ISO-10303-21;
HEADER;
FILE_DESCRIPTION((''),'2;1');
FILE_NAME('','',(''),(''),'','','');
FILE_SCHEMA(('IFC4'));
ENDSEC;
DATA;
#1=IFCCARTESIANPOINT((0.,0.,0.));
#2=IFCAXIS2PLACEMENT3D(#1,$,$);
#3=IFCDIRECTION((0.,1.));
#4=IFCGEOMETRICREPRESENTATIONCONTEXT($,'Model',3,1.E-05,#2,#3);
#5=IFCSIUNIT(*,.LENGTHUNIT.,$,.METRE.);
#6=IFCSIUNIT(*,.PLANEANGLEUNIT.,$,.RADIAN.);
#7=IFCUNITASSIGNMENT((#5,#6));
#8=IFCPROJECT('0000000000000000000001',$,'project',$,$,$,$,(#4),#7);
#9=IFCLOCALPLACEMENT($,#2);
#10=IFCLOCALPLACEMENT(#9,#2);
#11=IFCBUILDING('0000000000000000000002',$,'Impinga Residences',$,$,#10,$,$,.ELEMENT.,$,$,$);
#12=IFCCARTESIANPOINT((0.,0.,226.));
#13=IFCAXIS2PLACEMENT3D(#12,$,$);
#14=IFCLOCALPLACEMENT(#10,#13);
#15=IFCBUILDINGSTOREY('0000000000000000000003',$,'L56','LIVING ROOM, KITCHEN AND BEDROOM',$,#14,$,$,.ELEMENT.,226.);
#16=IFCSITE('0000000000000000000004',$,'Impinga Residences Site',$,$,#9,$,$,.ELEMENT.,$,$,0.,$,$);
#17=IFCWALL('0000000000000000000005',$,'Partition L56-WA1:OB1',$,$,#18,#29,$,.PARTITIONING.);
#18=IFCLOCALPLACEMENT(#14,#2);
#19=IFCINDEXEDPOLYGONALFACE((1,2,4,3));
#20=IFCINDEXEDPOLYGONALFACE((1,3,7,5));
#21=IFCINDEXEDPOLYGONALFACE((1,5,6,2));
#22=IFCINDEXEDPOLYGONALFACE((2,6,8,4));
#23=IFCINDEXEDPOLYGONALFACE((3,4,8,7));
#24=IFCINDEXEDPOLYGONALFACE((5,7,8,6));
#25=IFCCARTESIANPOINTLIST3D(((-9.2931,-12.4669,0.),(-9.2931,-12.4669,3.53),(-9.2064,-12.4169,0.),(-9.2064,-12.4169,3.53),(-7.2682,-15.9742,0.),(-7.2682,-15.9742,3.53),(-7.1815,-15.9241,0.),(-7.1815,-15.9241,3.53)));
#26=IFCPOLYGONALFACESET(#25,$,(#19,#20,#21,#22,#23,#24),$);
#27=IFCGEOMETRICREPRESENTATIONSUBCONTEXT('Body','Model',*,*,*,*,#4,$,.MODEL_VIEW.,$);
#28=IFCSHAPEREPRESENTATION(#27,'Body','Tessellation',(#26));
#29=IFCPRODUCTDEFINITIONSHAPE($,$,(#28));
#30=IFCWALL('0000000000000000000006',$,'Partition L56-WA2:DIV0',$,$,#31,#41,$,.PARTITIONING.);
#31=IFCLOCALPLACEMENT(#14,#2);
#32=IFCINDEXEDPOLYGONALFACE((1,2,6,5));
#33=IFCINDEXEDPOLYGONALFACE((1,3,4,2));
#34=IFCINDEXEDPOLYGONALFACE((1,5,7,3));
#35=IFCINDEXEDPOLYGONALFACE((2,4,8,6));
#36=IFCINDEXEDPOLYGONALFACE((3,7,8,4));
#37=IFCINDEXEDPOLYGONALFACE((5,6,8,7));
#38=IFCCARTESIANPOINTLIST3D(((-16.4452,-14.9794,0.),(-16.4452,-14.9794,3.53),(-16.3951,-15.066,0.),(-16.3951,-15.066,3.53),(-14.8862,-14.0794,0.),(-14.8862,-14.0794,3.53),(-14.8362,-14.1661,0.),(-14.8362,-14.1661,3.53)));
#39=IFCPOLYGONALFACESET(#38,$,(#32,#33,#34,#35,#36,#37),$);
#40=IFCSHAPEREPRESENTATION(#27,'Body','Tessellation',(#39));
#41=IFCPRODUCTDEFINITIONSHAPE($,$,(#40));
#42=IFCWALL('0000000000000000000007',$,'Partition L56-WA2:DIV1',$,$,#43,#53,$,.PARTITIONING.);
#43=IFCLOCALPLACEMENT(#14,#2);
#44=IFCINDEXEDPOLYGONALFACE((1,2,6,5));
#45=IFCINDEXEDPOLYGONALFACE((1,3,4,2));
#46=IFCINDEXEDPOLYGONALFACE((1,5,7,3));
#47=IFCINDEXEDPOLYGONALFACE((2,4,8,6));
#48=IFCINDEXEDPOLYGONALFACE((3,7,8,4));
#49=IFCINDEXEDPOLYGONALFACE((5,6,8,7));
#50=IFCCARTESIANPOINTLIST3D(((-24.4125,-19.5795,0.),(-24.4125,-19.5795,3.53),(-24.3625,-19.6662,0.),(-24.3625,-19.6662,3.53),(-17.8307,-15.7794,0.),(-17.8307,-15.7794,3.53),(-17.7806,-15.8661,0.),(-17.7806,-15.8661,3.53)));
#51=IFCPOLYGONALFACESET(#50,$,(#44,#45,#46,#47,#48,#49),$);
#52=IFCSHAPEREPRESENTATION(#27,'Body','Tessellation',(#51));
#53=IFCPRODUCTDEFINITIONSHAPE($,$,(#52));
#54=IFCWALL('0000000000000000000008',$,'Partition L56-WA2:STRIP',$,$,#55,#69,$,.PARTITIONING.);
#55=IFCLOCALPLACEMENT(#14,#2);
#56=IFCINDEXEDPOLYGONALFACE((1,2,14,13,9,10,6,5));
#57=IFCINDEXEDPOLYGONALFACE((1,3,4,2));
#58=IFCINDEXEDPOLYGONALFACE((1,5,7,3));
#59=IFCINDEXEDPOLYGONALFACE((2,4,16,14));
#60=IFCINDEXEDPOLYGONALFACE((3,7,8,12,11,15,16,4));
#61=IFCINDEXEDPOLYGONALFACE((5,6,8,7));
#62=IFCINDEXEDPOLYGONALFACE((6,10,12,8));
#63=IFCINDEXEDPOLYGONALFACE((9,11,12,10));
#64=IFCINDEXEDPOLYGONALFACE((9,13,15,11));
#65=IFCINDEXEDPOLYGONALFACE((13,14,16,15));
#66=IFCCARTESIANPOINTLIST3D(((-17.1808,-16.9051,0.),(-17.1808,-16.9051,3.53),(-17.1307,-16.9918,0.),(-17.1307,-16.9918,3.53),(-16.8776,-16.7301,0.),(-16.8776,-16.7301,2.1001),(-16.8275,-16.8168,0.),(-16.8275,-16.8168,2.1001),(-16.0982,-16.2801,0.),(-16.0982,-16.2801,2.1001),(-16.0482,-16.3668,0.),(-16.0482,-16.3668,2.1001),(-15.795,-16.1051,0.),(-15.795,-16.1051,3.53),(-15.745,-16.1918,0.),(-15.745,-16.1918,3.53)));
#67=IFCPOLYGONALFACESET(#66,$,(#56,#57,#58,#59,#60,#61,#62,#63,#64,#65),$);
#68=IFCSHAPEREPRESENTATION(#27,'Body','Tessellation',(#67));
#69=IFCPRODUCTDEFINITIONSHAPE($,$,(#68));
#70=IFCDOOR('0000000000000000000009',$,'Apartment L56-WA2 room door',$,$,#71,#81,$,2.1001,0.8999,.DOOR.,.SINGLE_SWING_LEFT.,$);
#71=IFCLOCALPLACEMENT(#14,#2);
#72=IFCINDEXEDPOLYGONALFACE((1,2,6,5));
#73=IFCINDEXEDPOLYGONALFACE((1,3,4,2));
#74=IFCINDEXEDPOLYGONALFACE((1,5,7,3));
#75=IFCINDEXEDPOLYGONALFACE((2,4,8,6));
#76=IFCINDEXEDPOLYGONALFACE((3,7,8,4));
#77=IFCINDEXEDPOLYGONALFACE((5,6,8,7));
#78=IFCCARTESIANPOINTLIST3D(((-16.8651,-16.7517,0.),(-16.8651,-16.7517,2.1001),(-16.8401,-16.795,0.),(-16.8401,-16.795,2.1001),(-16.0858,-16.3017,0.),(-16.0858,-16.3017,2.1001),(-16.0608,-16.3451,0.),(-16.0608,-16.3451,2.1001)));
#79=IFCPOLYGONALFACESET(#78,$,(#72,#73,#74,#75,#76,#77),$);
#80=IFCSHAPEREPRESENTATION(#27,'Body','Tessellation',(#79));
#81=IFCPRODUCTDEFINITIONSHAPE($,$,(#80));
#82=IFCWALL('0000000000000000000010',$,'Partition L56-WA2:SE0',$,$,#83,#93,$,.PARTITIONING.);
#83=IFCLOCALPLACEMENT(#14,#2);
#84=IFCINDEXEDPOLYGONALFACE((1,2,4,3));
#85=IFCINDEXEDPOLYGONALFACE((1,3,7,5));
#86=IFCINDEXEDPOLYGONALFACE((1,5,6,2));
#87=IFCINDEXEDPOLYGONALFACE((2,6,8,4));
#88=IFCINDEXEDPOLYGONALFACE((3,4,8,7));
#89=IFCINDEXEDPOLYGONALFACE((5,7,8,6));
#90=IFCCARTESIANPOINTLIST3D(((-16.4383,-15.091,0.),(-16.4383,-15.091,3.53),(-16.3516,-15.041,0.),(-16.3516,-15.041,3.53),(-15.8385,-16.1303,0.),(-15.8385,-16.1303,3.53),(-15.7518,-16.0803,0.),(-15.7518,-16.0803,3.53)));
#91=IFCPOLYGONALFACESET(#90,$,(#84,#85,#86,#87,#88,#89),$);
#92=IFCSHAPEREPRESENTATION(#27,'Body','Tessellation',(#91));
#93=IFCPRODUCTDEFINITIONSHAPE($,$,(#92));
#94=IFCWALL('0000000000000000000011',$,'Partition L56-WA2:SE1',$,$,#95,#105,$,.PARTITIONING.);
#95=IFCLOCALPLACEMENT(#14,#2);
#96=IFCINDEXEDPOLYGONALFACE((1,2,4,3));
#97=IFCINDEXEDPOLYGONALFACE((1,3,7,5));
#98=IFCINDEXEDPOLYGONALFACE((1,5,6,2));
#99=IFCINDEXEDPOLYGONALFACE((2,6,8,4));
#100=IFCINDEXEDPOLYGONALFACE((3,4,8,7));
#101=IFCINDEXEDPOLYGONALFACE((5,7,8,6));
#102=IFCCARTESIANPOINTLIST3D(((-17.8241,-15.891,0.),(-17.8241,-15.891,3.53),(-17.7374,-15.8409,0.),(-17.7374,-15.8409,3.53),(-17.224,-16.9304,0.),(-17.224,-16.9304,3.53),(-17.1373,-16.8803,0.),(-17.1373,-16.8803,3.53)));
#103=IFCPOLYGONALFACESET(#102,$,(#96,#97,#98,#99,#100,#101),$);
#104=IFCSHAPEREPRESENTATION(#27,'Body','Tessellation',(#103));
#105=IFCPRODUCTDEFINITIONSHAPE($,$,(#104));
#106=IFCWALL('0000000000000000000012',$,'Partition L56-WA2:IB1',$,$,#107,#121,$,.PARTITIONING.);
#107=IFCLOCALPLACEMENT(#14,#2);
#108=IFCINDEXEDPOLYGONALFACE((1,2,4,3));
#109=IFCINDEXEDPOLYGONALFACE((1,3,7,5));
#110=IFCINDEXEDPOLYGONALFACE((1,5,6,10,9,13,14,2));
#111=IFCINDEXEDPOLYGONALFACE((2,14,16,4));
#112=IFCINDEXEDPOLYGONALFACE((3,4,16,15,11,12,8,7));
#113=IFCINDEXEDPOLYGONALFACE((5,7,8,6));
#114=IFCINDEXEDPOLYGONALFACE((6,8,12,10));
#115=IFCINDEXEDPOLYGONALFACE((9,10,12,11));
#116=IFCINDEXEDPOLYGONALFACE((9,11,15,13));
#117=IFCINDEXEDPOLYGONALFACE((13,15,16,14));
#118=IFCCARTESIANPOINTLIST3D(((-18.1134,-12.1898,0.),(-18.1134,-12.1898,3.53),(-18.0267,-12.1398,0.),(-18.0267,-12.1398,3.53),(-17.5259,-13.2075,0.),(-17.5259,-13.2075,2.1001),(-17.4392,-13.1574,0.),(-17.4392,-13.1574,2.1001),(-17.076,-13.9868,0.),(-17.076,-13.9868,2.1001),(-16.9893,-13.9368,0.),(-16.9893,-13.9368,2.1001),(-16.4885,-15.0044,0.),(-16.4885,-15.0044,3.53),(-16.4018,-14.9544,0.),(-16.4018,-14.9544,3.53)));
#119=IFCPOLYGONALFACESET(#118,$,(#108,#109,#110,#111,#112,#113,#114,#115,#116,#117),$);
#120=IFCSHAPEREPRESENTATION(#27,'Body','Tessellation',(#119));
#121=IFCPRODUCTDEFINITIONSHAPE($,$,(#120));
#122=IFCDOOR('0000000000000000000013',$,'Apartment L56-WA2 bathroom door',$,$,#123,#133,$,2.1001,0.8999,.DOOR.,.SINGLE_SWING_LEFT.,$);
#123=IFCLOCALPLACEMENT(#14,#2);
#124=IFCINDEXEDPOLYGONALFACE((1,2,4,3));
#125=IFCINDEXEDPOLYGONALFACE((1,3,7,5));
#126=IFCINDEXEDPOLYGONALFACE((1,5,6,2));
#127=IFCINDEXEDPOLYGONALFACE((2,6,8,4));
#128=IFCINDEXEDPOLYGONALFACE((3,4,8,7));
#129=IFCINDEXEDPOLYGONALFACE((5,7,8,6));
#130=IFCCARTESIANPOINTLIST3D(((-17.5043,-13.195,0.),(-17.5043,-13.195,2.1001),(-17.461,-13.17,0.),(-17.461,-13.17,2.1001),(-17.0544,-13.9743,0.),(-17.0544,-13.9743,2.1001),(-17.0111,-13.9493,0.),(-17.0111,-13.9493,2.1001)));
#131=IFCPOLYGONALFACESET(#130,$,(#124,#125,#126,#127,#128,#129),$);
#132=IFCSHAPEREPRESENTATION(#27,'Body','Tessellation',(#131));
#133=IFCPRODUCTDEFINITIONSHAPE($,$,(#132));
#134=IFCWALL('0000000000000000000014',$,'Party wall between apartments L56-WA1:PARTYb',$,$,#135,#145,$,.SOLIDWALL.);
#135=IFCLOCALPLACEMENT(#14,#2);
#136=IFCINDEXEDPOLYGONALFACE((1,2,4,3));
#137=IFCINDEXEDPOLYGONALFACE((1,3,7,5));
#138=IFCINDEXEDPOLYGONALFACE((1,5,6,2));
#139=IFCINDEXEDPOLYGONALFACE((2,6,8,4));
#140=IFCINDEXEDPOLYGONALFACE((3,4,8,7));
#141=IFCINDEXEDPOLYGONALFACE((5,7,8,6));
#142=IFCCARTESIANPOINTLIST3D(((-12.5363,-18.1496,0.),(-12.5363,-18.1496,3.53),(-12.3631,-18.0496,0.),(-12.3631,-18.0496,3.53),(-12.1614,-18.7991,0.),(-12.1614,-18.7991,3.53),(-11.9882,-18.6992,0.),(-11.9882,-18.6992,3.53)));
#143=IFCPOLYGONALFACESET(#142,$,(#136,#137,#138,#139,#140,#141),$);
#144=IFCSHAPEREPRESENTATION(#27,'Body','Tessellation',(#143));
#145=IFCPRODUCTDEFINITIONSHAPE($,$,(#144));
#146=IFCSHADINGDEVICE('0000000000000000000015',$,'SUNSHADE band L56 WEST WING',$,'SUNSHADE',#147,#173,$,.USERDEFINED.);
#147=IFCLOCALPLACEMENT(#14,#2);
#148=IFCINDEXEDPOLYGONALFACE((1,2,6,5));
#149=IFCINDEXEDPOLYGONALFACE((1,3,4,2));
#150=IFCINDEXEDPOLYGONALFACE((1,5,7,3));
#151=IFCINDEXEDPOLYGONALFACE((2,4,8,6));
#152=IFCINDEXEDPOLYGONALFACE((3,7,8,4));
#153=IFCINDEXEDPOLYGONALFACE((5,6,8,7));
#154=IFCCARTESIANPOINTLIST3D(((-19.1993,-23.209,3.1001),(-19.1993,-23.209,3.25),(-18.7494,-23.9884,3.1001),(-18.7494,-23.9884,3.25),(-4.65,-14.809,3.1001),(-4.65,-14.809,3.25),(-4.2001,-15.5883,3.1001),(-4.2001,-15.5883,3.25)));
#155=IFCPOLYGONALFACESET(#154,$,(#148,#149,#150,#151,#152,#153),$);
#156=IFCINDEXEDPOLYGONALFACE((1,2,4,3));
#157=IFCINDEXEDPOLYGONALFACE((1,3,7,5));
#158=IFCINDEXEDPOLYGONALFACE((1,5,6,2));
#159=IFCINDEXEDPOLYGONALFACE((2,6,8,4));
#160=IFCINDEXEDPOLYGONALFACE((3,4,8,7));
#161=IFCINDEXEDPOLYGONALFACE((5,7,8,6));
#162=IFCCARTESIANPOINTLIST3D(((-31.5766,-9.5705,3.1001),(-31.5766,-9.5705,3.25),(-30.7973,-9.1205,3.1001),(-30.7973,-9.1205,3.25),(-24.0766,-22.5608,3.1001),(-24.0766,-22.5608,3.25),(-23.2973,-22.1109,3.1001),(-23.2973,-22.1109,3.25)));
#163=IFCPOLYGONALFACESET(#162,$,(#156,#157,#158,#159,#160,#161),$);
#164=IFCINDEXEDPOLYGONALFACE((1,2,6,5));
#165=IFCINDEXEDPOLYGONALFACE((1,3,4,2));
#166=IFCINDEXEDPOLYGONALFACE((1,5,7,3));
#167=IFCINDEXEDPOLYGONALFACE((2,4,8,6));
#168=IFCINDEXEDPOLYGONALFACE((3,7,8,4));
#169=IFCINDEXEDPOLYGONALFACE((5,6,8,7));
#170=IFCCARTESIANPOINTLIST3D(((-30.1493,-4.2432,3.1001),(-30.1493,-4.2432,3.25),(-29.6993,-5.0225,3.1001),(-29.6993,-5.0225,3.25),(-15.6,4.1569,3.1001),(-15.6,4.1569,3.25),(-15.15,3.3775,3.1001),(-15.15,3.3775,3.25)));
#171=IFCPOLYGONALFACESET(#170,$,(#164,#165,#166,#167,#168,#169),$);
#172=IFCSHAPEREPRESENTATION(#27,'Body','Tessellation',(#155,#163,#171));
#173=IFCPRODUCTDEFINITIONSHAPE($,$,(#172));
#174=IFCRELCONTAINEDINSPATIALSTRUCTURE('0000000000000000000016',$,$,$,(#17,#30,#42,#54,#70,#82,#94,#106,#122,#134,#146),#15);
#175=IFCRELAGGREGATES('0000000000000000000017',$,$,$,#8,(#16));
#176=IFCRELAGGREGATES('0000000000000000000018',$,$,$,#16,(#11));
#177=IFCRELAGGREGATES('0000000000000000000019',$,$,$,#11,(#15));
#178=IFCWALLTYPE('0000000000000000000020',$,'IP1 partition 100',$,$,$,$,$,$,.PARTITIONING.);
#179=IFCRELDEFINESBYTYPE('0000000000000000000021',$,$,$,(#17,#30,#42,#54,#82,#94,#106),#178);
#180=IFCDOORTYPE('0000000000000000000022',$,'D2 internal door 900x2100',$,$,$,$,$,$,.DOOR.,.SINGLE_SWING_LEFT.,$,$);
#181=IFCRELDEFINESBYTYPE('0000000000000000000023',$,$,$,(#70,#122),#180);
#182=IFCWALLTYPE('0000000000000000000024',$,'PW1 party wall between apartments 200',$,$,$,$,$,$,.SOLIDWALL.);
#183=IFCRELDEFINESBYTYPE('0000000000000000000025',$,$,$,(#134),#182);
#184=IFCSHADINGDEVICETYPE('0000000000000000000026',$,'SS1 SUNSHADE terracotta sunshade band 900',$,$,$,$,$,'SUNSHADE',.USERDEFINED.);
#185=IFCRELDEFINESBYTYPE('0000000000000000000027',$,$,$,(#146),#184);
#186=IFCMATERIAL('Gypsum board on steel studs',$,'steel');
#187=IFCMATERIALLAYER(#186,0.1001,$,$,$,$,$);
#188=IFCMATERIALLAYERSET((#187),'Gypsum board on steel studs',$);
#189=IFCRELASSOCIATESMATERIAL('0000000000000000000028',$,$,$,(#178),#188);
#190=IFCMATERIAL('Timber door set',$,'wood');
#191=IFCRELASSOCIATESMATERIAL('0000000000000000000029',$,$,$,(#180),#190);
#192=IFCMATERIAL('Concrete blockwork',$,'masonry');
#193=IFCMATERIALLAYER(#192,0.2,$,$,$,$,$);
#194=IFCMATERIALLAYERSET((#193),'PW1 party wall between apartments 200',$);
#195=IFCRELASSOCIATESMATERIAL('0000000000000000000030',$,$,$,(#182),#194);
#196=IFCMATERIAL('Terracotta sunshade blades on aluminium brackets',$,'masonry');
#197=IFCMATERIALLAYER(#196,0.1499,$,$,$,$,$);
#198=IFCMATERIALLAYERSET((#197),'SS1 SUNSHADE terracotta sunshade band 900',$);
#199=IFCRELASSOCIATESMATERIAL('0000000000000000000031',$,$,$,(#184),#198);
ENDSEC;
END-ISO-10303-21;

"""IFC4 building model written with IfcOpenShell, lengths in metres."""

from ifc_helpers import new_model, si_unit, direction, frame, frame_2d, origin, origin_2d, place, context, subcontext, project, spatial, rectangle, extrude, material, layer, layer_set, type_object, element, fill, save


model = new_model("IFC4")

# Units and contexts
model_context = context("Model", 3, precision=1e-05, world=origin(), true_north=direction((0.0, 1.0)))
body_context = subcontext(model_context, "Body", "Model", "MODEL_VIEW")
ifc_project = project(units=[si_unit("LENGTHUNIT", "METRE"), si_unit("PLANEANGLEUNIT", "RADIAN")], contexts=[model_context])

# Site, building, storey
site_placement = place(None, origin())
site = spatial("IfcSite", under=ifc_project, at=site_placement, Name="Impinga Residences Site", CompositionType="ELEMENT", RefElevation=0.0)
building_placement = place(site_placement, origin())
building = spatial("IfcBuilding", under=site, at=building_placement, Name="Impinga Residences", CompositionType="ELEMENT")
storey_placement = place(building_placement, frame((0.0, 0.0, 226.0)))
storey = spatial("IfcBuildingStorey", under=building, at=storey_placement, Name="L56", Description="LIVING ROOM, KITCHEN AND BEDROOM", CompositionType="ELEMENT", Elevation=226.0)

# Walls
ifc_material_1 = material(Name="Gypsum board on steel studs", Category="steel")
ifc_layer_1 = layer(ifc_material_1, 0.1001)
ifc_layer_set_1 = layer_set([ifc_layer_1], Name="Gypsum board on steel studs")
wall_type_1 = type_object("IfcWallType", Name="IP1 partition 100", PredefinedType="PARTITIONING", material=ifc_layer_set_1)
wall_1_placement = place(storey_placement, frame((-9.2498, -12.4419, 0.0), z_axis=(0.0, 0.0, 1.0), x_axis=(0.49999, -0.866031, 0.0)))
element("IfcWall", 1, at=wall_1_placement, inside=storey, type_object=wall_type_1, Name="Partition L56-WA1:OB1", PredefinedType="PARTITIONING", context=body_context, shape_type="SweptSolid", body=[
    extrude(rectangle(XDim=4.0498, YDim=0.1001, at=frame_2d((2.0249, 0.0))), origin(), (0.0, 0.0, 1.0), 3.53),
])
wall_2_placement = place(storey_placement, frame((-14.8613, -14.1228, 0.0), z_axis=(0.0, 0.0, 1.0), x_axis=(-0.866048, -0.499961, 0.0)))
element("IfcWall", 2, at=wall_2_placement, inside=storey, type_object=wall_type_1, Name="Partition L56-WA2:DIV0", PredefinedType="PARTITIONING", context=body_context, shape_type="SweptSolid", body=[
    extrude(rectangle(XDim=1.8, YDim=0.1001, at=frame_2d((0.8999, 0.0))), origin(), (0.0, 0.0, 1.0), 3.53),
])
wall_3_placement = place(storey_placement, frame((-17.8057, -15.8228, 0.0), z_axis=(0.0, 0.0, 1.0), x_axis=(-0.866022, -0.500005, 0.0)))
element("IfcWall", 3, at=wall_3_placement, inside=storey, type_object=wall_type_1, Name="Partition L56-WA2:DIV1", PredefinedType="PARTITIONING", context=body_context, shape_type="SweptSolid", body=[
    extrude(rectangle(XDim=7.6001, YDim=0.1001, at=frame_2d((3.8, 0.0))), origin(), (0.0, 0.0, 1.0), 3.53),
])

# Wall, opening, door
wall_4_placement = place(storey_placement, frame((-15.77, -16.1484, 0.0), z_axis=(0.0, 0.0, 1.0), x_axis=(-0.866028, -0.499995, 0.0)))
wall_4 = element("IfcWall", 4, at=wall_4_placement, inside=storey, type_object=wall_type_1, Name="Partition L56-WA2:STRIP", PredefinedType="PARTITIONING", context=body_context, shape_type="SweptSolid", body=[
    extrude(rectangle(XDim=1.6001, YDim=0.1001, at=frame_2d((0.8, 0.0))), origin(), (0.0, 0.0, 1.0), 3.53),
])
opening_1_placement = place(wall_4_placement, frame((0.3501, 0.0, 0.0)))
opening_1 = element("IfcOpeningElement", 5, at=opening_1_placement, cuts=wall_4, PredefinedType="OPENING", context=body_context, shape_type="SweptSolid", body=[
    extrude(rectangle(XDim=0.8999, YDim=2.1001, at=frame_2d((0.45, 1.05))), frame((0.0, 0.0601, 0.0), z_axis=(0.0, -1.0, 0.0), x_axis=(1.0, 0.0, 0.0)), (0.0, 0.0, 1.0), 0.1201),
])
ifc_material_2 = material(Name="Timber door set", Category="wood")
door_type = type_object("IfcDoorType", Name="D2 internal door 900x2100", OperationType="SINGLE_SWING_LEFT", PredefinedType="DOOR", material=ifc_material_2)
door_1_placement = place(opening_1_placement, origin())
door_1 = element("IfcDoor", 6, at=door_1_placement, inside=storey, type_object=door_type, Name="Apartment L56-WA2 room door", OperationType="SINGLE_SWING_LEFT", OverallHeight=2.1001, OverallWidth=0.8999, PredefinedType="DOOR", context=body_context, shape_type="SweptSolid", body=[
    extrude(rectangle(XDim=0.8999, YDim=2.1001, at=frame_2d((0.45, 1.05))), frame((0.0, 0.0249, 0.0), z_axis=(0.0, -1.0, 0.0), x_axis=(1.0, 0.0, 0.0)), (0.0, 0.0, 1.0), 0.05),
])
fill(opening_1, door_1)

# Walls
wall_5_placement = place(storey_placement, frame((-16.395, -15.0659, 0.0), z_axis=(0.0, 0.0, 1.0), x_axis=(0.499881, -0.866094, 0.0)))
element("IfcWall", 7, at=wall_5_placement, inside=storey, type_object=wall_type_1, Name="Partition L56-WA2:SE0", PredefinedType="PARTITIONING", context=body_context, shape_type="SweptSolid", body=[
    extrude(rectangle(XDim=1.2, YDim=0.1001, at=frame_2d((0.6001, 0.0))), origin(), (0.0, 0.0, 1.0), 3.53),
])
wall_6_placement = place(storey_placement, frame((-17.7808, -15.866, 0.0), z_axis=(0.0, 0.0, 1.0), x_axis=(0.500034, -0.866006, 0.0)))
element("IfcWall", 8, at=wall_6_placement, inside=storey, type_object=wall_type_1, Name="Partition L56-WA2:SE1", PredefinedType="PARTITIONING", context=body_context, shape_type="SweptSolid", body=[
    extrude(rectangle(XDim=1.2002, YDim=0.1001, at=frame_2d((0.6001, 0.0))), origin(), (0.0, 0.0, 1.0), 3.53),
])

# Wall, opening, door
wall_7_placement = place(storey_placement, frame((-18.0701, -12.1648, 0.0), z_axis=(0.0, 0.0, 1.0), x_axis=(0.499985, -0.866034, 0.0)))
wall_7 = element("IfcWall", 9, at=wall_7_placement, inside=storey, type_object=wall_type_1, Name="Partition L56-WA2:IB1", PredefinedType="PARTITIONING", context=body_context, shape_type="SweptSolid", body=[
    extrude(rectangle(XDim=3.25, YDim=0.1001, at=frame_2d((1.625, 0.0))), origin(), (0.0, 0.0, 1.0), 3.53),
])
opening_2_placement = place(wall_7_placement, frame((1.175, 0.0, 0.0)))
opening_2 = element("IfcOpeningElement", 10, at=opening_2_placement, cuts=wall_7, PredefinedType="OPENING", context=body_context, shape_type="SweptSolid", body=[
    extrude(rectangle(XDim=0.8999, YDim=2.1001, at=frame_2d((0.45, 1.05))), frame((0.0, 0.0601, 0.0), z_axis=(0.0, -1.0, 0.0), x_axis=(1.0, 0.0, 0.0)), (0.0, 0.0, 1.0), 0.1201),
])
door_2_placement = place(opening_2_placement, origin())
door_2 = element("IfcDoor", 11, at=door_2_placement, inside=storey, type_object=door_type, Name="Apartment L56-WA2 bathroom door", OperationType="SINGLE_SWING_LEFT", OverallHeight=2.1001, OverallWidth=0.8999, PredefinedType="DOOR", context=body_context, shape_type="SweptSolid", body=[
    extrude(rectangle(XDim=0.8999, YDim=2.1001, at=frame_2d((0.45, 1.05))), frame((0.0, 0.0249, 0.0), z_axis=(0.0, -1.0, 0.0), x_axis=(1.0, 0.0, 0.0)), (0.0, 0.0, 1.0), 0.05),
])
fill(opening_2, door_2)

# Wall
ifc_material_3 = material(Name="Concrete blockwork", Category="masonry")
ifc_layer_2 = layer(ifc_material_3, 0.2)
ifc_layer_set_2 = layer_set([ifc_layer_2], Name="PW1 party wall between apartments 200")
wall_type_2 = type_object("IfcWallType", Name="PW1 party wall between apartments 200", PredefinedType="SOLIDWALL", material=ifc_layer_set_2)
wall_8_placement = place(storey_placement, frame((-12.4497, -18.0996, 0.0), z_axis=(0.0, 0.0, 1.0), x_axis=(0.49992, -0.866072, 0.0)))
element("IfcWall", 12, at=wall_8_placement, inside=storey, type_object=wall_type_2, Name="Party wall between apartments L56-WA1:PARTYb", PredefinedType="SOLIDWALL", context=body_context, shape_type="SweptSolid", body=[
    extrude(rectangle(XDim=0.75, YDim=0.2, at=frame_2d((0.375, 0.0))), origin(), (0.0, 0.0, 1.0), 3.53),
])

# Shading device
ifc_material_4 = material(Name="Terracotta sunshade blades on aluminium brackets", Category="masonry")
ifc_layer_3 = layer(ifc_material_4, 0.1499)
ifc_layer_set_3 = layer_set([ifc_layer_3], Name="SS1 SUNSHADE terracotta sunshade band 900")
shading_device_type = type_object("IfcShadingDeviceType", Name="SS1 SUNSHADE terracotta sunshade band 900", ElementType="SUNSHADE", PredefinedType="USERDEFINED", material=ifc_layer_set_3)
shading_device_placement = place(storey_placement, frame((-11.6997, -19.3987, 3.1001), z_axis=(0.0, 0.0, 1.0), x_axis=(-0.866025, -0.5, 0.0)))
element("IfcShadingDevice", 13, at=shading_device_placement, inside=storey, type_object=shading_device_type, Name="SUNSHADE band L56 WEST WING", ObjectType="SUNSHADE", PredefinedType="USERDEFINED", context=body_context, shape_type="SweptSolid", body=[
    extrude(rectangle(XDim=16.8, YDim=0.8999, at=origin_2d()), origin(), (0.0, 0.0, 1.0), 0.1499),
    extrude(rectangle(XDim=15.0, YDim=0.8999, at=origin_2d()), frame((11.8499, -10.95, 0.0), z_axis=(0.0, 0.0, 1.0), x_axis=(0.0, -1.0, 0.0)), (0.0, 0.0, 1.0), 0.1499),
    extrude(rectangle(XDim=16.8, YDim=0.8999, at=origin_2d()), frame((0.0, -21.8999, 0.0), z_axis=(0.0, 0.0, 1.0), x_axis=(-1.0, 0.0, 0.0)), (0.0, 0.0, 1.0), 0.1499),
])

save(model, "model.ifc")
